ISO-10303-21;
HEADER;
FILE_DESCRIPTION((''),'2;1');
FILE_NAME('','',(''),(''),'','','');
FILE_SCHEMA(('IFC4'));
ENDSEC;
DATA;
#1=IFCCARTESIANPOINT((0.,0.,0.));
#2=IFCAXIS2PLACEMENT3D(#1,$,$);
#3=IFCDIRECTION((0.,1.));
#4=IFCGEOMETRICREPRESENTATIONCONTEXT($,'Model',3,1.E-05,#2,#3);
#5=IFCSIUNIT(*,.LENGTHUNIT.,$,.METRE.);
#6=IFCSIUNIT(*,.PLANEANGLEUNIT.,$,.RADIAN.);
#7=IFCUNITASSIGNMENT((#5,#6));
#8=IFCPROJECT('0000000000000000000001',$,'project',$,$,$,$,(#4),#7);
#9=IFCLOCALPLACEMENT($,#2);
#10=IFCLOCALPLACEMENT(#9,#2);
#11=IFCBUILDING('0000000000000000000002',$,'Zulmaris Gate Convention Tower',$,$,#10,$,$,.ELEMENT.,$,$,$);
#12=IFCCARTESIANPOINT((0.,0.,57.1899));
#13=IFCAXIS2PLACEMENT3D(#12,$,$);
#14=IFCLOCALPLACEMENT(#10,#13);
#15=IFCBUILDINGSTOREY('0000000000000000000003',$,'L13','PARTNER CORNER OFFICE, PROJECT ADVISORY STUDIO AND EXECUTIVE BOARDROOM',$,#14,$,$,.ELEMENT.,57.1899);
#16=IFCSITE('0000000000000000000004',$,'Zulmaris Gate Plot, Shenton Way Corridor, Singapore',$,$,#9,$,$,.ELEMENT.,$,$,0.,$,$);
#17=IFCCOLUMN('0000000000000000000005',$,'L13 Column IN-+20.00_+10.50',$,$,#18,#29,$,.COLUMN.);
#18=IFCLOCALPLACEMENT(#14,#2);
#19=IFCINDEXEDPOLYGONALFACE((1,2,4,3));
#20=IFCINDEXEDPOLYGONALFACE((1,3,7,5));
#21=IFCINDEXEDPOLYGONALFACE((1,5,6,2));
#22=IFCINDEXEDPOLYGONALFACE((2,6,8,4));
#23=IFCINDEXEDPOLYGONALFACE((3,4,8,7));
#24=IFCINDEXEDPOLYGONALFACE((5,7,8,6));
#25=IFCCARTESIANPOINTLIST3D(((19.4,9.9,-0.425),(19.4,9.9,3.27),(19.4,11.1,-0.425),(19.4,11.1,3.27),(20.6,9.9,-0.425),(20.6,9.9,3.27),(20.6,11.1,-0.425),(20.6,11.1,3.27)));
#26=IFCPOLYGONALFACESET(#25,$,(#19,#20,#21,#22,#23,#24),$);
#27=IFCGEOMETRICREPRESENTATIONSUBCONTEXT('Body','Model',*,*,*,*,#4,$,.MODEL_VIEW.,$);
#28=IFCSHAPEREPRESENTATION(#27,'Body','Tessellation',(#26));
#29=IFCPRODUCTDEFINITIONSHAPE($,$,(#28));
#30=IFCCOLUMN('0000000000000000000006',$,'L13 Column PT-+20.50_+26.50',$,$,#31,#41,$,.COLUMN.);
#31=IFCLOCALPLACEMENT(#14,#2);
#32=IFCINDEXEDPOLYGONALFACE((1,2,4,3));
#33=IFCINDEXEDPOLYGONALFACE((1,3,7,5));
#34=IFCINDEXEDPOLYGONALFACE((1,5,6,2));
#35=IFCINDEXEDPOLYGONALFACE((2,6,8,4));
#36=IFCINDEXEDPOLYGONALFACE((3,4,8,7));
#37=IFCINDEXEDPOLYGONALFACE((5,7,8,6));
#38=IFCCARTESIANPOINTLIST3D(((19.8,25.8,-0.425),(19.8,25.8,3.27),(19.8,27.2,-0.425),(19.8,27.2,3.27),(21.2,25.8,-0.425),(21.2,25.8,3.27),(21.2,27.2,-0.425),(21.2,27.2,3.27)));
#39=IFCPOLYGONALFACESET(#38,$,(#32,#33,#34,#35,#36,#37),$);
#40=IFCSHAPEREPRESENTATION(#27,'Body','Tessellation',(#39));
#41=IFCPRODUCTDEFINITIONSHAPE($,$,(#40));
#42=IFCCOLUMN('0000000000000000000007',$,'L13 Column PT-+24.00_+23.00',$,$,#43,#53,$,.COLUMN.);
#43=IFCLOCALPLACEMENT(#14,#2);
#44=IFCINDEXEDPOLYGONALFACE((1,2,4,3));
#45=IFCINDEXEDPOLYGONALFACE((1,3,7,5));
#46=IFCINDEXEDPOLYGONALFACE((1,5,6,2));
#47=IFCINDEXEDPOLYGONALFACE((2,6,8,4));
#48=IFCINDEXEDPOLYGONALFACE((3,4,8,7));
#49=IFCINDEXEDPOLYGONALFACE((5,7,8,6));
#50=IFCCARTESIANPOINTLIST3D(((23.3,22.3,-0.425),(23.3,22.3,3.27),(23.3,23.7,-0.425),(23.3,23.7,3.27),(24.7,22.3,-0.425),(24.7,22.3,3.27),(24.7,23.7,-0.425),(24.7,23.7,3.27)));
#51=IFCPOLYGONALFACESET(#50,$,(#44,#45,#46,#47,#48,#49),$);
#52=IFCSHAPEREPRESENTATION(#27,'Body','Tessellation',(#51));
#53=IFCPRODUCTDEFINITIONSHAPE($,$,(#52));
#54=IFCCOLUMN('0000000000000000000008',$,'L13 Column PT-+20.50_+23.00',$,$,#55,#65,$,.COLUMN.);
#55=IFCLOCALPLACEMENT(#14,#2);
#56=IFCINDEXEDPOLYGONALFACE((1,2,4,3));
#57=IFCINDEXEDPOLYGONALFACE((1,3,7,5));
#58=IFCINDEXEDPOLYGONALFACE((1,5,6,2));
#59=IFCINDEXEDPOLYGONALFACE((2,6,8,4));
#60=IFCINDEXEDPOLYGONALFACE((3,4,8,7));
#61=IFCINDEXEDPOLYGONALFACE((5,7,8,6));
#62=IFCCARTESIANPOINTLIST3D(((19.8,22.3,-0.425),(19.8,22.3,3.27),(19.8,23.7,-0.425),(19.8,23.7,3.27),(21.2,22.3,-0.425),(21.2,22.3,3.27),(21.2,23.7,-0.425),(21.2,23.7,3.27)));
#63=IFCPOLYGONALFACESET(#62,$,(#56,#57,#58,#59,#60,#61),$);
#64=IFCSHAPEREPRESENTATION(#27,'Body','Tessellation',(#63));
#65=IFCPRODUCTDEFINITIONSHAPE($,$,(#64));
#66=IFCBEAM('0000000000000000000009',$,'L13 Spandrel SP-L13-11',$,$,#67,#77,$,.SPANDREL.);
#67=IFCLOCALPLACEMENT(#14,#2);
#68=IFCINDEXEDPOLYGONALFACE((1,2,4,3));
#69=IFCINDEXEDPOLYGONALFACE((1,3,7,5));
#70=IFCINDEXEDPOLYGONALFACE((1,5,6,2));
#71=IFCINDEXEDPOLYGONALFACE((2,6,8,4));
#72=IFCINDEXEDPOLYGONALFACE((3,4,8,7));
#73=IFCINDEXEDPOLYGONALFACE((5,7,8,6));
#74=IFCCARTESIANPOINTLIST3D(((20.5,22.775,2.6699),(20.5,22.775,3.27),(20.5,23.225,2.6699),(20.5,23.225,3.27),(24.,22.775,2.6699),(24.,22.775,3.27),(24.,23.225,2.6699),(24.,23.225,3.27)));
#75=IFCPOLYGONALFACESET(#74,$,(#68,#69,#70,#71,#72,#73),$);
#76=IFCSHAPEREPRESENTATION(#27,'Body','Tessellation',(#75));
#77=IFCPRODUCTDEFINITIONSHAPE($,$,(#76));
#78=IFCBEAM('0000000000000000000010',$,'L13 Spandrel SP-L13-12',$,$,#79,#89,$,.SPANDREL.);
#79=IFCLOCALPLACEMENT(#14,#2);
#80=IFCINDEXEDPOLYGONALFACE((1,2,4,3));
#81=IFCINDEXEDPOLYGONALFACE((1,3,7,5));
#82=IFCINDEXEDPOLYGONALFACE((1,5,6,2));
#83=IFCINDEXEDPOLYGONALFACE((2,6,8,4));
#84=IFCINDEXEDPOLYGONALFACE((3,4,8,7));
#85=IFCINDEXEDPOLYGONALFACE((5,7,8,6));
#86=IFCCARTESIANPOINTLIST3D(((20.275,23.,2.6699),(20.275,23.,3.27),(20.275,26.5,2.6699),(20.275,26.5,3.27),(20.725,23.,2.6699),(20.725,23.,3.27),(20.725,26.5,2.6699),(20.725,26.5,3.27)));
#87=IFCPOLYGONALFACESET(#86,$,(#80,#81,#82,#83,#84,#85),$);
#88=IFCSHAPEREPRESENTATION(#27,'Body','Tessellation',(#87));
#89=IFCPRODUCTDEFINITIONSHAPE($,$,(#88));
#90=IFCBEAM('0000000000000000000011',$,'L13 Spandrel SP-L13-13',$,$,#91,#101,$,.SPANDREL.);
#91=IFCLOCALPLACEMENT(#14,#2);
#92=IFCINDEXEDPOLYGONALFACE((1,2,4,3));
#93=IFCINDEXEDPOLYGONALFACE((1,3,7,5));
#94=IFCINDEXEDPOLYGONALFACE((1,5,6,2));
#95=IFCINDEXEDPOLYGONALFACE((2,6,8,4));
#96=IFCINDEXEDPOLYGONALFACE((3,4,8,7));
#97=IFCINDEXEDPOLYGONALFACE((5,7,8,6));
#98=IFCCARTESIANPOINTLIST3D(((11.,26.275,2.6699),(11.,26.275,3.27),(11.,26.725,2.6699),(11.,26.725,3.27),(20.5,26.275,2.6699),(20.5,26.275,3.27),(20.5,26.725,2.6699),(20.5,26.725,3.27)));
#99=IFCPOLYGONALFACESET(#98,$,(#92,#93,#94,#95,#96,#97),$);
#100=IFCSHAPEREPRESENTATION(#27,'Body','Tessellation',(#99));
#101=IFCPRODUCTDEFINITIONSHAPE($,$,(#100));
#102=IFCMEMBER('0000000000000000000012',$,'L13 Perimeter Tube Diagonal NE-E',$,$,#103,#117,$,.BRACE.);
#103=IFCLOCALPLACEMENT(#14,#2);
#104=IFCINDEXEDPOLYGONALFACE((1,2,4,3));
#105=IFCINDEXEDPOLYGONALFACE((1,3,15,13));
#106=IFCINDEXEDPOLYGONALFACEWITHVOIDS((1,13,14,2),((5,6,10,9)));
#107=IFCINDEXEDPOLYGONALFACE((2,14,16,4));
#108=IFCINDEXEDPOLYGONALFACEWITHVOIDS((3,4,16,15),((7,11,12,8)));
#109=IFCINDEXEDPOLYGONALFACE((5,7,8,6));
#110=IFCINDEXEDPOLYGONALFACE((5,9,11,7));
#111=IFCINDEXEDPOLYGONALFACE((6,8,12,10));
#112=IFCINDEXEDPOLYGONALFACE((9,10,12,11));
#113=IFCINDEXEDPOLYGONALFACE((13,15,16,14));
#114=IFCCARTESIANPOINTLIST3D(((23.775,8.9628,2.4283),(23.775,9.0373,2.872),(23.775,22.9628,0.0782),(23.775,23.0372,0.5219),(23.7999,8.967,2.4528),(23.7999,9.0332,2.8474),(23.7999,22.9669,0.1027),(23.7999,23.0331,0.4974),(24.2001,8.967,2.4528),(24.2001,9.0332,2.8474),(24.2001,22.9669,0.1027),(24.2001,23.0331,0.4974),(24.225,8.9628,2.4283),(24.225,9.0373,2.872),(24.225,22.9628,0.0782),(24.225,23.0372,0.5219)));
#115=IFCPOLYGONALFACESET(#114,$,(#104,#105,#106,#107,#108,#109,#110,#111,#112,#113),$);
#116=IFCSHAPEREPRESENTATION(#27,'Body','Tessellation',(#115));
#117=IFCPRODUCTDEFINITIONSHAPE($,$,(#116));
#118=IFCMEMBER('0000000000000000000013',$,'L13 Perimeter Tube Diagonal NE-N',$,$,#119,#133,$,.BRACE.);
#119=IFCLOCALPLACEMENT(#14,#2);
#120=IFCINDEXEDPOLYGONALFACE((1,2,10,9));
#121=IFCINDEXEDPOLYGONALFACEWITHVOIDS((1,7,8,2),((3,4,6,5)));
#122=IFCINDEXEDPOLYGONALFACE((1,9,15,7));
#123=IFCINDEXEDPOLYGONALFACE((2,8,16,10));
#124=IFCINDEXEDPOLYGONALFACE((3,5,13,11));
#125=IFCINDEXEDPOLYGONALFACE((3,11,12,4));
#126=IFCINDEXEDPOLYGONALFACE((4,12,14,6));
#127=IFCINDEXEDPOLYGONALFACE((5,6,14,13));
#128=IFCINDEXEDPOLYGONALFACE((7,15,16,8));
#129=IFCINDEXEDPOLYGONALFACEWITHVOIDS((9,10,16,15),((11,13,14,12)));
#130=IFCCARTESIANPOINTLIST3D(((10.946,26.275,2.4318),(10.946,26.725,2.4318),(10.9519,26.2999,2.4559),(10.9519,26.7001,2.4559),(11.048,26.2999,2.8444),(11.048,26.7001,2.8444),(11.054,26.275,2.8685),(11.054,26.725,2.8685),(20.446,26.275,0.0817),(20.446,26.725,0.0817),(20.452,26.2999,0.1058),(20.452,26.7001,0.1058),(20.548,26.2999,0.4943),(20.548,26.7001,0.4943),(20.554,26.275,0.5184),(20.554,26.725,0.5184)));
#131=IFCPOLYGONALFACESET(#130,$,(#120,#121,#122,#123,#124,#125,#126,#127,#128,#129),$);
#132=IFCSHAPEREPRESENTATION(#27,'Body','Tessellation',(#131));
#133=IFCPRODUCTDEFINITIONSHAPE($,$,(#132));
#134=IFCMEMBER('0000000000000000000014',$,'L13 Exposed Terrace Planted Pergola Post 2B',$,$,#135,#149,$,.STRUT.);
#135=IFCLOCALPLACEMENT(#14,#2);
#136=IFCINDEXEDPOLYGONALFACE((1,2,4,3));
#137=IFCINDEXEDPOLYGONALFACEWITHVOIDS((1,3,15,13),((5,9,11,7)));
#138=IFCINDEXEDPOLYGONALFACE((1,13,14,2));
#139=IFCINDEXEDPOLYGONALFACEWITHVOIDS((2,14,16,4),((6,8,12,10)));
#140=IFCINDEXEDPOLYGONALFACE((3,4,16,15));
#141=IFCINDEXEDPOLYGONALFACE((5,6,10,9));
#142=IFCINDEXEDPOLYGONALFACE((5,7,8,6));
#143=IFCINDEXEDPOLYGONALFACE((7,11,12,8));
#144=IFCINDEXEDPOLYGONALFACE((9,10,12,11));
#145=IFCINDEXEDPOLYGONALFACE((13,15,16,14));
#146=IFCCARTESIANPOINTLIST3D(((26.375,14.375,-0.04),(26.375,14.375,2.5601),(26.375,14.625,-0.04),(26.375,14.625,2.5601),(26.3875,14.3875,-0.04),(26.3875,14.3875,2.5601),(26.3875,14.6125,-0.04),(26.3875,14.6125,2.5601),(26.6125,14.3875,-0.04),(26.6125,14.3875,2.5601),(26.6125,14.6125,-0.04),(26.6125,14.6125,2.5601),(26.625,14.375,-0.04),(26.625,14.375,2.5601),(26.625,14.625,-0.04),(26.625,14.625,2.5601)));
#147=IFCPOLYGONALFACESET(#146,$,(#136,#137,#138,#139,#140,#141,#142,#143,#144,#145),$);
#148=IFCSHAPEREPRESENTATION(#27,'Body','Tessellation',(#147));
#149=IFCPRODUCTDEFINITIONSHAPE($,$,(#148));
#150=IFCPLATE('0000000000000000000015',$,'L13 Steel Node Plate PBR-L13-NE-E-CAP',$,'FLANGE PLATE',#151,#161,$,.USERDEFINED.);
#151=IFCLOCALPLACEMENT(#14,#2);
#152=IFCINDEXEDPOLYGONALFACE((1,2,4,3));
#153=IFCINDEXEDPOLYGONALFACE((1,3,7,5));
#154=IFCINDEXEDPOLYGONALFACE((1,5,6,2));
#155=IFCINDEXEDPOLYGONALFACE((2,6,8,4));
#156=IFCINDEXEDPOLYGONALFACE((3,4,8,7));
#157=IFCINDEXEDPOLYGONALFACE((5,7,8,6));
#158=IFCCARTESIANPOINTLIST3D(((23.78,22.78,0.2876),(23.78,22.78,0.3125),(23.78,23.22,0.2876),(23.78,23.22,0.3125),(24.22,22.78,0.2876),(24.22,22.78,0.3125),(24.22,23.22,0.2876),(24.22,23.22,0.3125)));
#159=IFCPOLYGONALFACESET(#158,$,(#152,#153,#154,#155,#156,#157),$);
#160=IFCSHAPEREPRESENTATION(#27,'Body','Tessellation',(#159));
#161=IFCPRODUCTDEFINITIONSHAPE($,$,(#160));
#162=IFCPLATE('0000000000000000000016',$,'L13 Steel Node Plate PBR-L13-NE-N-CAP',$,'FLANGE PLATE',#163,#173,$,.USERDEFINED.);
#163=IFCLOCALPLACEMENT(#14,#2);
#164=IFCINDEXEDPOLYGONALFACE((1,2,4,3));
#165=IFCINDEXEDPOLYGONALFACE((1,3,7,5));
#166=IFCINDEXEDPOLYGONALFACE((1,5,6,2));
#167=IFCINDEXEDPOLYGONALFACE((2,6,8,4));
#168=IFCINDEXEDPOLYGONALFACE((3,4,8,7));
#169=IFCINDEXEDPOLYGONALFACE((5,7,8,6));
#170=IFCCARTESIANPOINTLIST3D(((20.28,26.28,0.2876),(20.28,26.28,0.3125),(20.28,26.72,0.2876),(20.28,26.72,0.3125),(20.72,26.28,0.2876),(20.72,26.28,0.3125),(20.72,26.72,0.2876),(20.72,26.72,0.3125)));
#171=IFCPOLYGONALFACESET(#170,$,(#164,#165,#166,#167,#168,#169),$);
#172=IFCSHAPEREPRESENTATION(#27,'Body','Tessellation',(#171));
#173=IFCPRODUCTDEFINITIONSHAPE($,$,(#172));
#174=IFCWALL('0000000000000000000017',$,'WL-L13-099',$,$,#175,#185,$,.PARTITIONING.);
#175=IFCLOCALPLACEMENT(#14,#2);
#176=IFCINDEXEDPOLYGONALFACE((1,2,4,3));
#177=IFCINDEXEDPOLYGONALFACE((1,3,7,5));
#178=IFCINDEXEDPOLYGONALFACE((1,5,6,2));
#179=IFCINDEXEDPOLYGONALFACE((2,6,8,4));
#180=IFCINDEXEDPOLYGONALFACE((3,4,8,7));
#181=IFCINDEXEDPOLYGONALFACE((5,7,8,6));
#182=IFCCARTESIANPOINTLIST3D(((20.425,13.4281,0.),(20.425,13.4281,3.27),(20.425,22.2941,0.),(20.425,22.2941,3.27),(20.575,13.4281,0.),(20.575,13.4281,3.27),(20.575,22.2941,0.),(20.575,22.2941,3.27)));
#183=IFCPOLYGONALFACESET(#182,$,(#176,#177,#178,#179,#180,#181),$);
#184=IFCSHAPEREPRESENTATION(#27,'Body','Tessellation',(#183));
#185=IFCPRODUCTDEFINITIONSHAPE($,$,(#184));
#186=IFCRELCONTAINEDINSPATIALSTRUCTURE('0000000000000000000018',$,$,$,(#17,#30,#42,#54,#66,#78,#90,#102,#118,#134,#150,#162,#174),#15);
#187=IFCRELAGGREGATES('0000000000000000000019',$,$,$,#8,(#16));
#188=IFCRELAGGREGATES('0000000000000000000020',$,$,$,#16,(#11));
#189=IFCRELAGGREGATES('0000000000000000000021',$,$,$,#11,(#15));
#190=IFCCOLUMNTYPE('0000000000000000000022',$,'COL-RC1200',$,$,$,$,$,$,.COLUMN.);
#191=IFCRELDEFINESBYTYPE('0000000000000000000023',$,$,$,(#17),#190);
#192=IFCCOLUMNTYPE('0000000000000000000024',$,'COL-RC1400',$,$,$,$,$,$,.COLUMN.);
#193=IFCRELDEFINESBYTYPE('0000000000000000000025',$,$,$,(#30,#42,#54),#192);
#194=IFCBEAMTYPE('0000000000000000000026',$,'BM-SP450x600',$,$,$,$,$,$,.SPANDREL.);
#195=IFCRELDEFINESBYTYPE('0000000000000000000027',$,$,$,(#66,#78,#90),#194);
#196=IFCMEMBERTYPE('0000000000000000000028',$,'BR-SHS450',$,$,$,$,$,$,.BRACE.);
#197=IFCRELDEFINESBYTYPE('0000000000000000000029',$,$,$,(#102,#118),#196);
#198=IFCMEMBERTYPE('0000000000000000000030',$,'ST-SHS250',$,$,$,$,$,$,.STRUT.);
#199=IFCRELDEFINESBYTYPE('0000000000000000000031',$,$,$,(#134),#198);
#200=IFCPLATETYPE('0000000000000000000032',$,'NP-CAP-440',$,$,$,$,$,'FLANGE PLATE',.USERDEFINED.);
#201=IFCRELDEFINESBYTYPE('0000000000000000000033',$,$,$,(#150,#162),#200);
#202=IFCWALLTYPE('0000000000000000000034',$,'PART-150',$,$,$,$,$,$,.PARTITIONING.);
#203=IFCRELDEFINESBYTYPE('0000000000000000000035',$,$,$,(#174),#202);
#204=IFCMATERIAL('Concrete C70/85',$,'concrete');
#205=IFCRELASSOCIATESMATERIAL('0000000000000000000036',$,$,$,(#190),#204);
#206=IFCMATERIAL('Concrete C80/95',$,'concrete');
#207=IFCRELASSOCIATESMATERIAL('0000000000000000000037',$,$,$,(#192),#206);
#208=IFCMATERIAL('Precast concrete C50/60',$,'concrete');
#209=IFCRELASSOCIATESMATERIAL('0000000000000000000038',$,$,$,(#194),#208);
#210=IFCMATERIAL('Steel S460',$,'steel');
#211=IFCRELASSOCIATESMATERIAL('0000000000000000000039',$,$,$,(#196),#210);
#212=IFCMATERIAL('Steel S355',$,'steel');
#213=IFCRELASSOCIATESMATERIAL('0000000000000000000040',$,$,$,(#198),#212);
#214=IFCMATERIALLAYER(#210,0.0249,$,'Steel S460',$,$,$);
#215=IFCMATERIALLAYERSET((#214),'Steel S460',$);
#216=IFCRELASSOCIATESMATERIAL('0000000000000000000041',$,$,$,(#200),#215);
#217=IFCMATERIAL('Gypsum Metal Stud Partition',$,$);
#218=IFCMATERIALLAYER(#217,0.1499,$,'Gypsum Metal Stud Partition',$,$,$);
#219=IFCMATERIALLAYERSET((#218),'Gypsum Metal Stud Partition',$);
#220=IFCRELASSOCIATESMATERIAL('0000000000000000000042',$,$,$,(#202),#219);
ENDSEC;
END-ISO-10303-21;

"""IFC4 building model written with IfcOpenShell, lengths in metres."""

from ifc_helpers import new_model, si_unit, direction, frame, frame_2d, origin, origin_2d, place, context, subcontext, project, spatial, rectangle, hollow_rectangle, extrude, material, layer, layer_set, material_profile, profile_set, type_object, element, save


model = new_model("IFC4")

# Units and contexts
model_context = context("Model", 3, precision=1e-05, world=origin(), true_north=direction((0.0, 1.0)))
body_context = subcontext(model_context, "Body", "Model", "MODEL_VIEW")
ifc_project = project(units=[si_unit("LENGTHUNIT", "METRE"), si_unit("PLANEANGLEUNIT", "RADIAN")], contexts=[model_context])

# Site, building, storey
site_placement = place(None, origin())
site = spatial("IfcSite", under=ifc_project, at=site_placement, Name="Zulmaris Gate Plot, Shenton Way Corridor, Singapore", CompositionType="ELEMENT", RefElevation=0.0)
building_placement = place(site_placement, origin())
building = spatial("IfcBuilding", under=site, at=building_placement, Name="Zulmaris Gate Convention Tower", CompositionType="ELEMENT")
storey_placement = place(building_placement, frame((0.0, 0.0, 57.1899)))
storey = spatial("IfcBuildingStorey", under=building, at=storey_placement, Name="L13", Description="PARTNER CORNER OFFICE, PROJECT ADVISORY STUDIO AND EXECUTIVE BOARDROOM", CompositionType="ELEMENT", Elevation=57.1899)

# Columns
ifc_material_1 = material(Name="Concrete C70/85", Category="concrete")
ifc_material_profile_1 = material_profile(ifc_material_1, rectangle(XDim=1.2, YDim=1.2, at=origin_2d()), Name="RC COL 1200x1200")
ifc_profile_set_1 = profile_set([ifc_material_profile_1], Name="Concrete C70/85")
column_type_1 = type_object("IfcColumnType", Name="COL-RC1200", PredefinedType="COLUMN", material=ifc_profile_set_1)
column_placement = place(storey_placement, frame((20.0, 10.5, -0.425), z_axis=(0.0, 0.0, 1.0), x_axis=(1.0, 0.0, 0.0)))
element("IfcColumn", 1, at=column_placement, inside=storey, type_object=column_type_1, Name="L13 Column IN-+20.00_+10.50", PredefinedType="COLUMN", context=body_context, shape_type="SweptSolid", body=[
    extrude(rectangle(XDim=1.2, YDim=1.2, at=origin_2d()), origin(), (0.0, 0.0, 1.0), 3.6951),
])
ifc_material_2 = material(Name="Concrete C80/95", Category="concrete")
ifc_material_profile_2 = material_profile(ifc_material_2, rectangle(XDim=1.3999, YDim=1.3999, at=origin_2d()), Name="RC COL 1400x1400")
ifc_profile_set_2 = profile_set([ifc_material_profile_2], Name="Concrete C80/95")
column_type_2 = type_object("IfcColumnType", Name="COL-RC1400", PredefinedType="COLUMN", material=ifc_profile_set_2)
for number, where, z_axis, x_axis, name in (
    (2, (20.5, 26.5, -0.425), (0.0, 0.0, 1.0), (1.0, 0.0, 0.0), "L13 Column PT-+20.50_+26.50"),
    (3, (24.0, 23.0, -0.425), (0.0, 0.0, 1.0), (1.0, 0.0, 0.0), "L13 Column PT-+24.00_+23.00"),
    (4, (20.5, 23.0, -0.425), (0.0, 0.0, 1.0), (1.0, 0.0, 0.0), "L13 Column PT-+20.50_+23.00"),
):
    element("IfcColumn", number, at=place(storey_placement, frame(where, z_axis=z_axis, x_axis=x_axis)), inside=storey, type_object=column_type_2, Name=name, PredefinedType="COLUMN", context=body_context, shape_type="SweptSolid", body=[
        extrude(rectangle(XDim=1.3999, YDim=1.3999, at=origin_2d()), origin(), (0.0, 0.0, 1.0), 3.6951),
    ])

# Beams
ifc_material_3 = material(Name="Precast concrete C50/60", Category="concrete")
ifc_material_profile_3 = material_profile(ifc_material_3, rectangle(XDim=0.45, YDim=0.6001, at=origin_2d()), Name="RC SPANDREL 450x600")
ifc_profile_set_3 = profile_set([ifc_material_profile_3], Name="Precast concrete C50/60")
beam_type = type_object("IfcBeamType", Name="BM-SP450x600", PredefinedType="SPANDREL", material=ifc_profile_set_3)
for number, where, z_axis, x_axis, name in (
    (5, (24.0, 23.0, 2.97), (-1.0, 0.0, 0.0), (0.0, -1.0, 0.0), "L13 Spandrel SP-L13-11"),
    (6, (20.5, 23.0, 2.97), (0.0, 1.0, 0.0), (-1.0, 0.0, 0.0), "L13 Spandrel SP-L13-12"),
):
    element("IfcBeam", number, at=place(storey_placement, frame(where, z_axis=z_axis, x_axis=x_axis)), inside=storey, type_object=beam_type, Name=name, PredefinedType="SPANDREL", context=body_context, shape_type="SweptSolid", body=[
        extrude(rectangle(XDim=0.45, YDim=0.6001, at=origin_2d()), origin(), (0.0, 0.0, 1.0), 3.5),
    ])
beam_placement = place(storey_placement, frame((20.5, 26.5, 2.97), z_axis=(-1.0, 0.0, 0.0), x_axis=(0.0, -1.0, 0.0)))
element("IfcBeam", 7, at=beam_placement, inside=storey, type_object=beam_type, Name="L13 Spandrel SP-L13-13", PredefinedType="SPANDREL", context=body_context, shape_type="SweptSolid", body=[
    extrude(rectangle(XDim=0.45, YDim=0.6001, at=origin_2d()), origin(), (0.0, 0.0, 1.0), 9.5),
])

# Members
ifc_material_4 = material(Name="Steel S460", Category="steel")
ifc_material_profile_4 = material_profile(ifc_material_4, hollow_rectangle(XDim=0.45, YDim=0.45, WallThickness=0.0249, at=origin_2d()), Name="SHS 450x450x25")
ifc_profile_set_4 = profile_set([ifc_material_profile_4], Name="Steel S460")
member_type_1 = type_object("IfcMemberType", Name="BR-SHS450", PredefinedType="BRACE", material=ifc_profile_set_4)
member_1_placement = place(storey_placement, frame((24.0, 23.0, 0.3), z_axis=(0.0, -0.986202, 0.165548), x_axis=(1.0, 0.0, 0.0)))
element("IfcMember", 8, at=member_1_placement, inside=storey, type_object=member_type_1, Name="L13 Perimeter Tube Diagonal NE-E", PredefinedType="BRACE", context=body_context, shape_type="SweptSolid", body=[
    extrude(hollow_rectangle(XDim=0.45, YDim=0.45, WallThickness=0.0249, at=origin_2d()), origin(), (0.0, 0.0, 1.0), 14.1958),
])
member_2_placement = place(storey_placement, frame((20.5, 26.5, 0.3), z_axis=(-0.970738, 0.0, 0.24014), x_axis=(0.0, -1.0, 0.0)))
element("IfcMember", 9, at=member_2_placement, inside=storey, type_object=member_type_1, Name="L13 Perimeter Tube Diagonal NE-N", PredefinedType="BRACE", context=body_context, shape_type="SweptSolid", body=[
    extrude(hollow_rectangle(XDim=0.45, YDim=0.45, WallThickness=0.0249, at=origin_2d()), origin(), (0.0, 0.0, 1.0), 9.7864),
])
ifc_material_5 = material(Name="Steel S355", Category="steel")
ifc_material_profile_5 = material_profile(ifc_material_5, hollow_rectangle(XDim=0.25, YDim=0.25, WallThickness=0.0125, at=origin_2d()), Name="SHS 250x250x12.5")
ifc_profile_set_5 = profile_set([ifc_material_profile_5], Name="Steel S355")
member_type_2 = type_object("IfcMemberType", Name="ST-SHS250", PredefinedType="STRUT", material=ifc_profile_set_5)
member_3_placement = place(storey_placement, frame((26.5, 14.5, -0.04), z_axis=(0.0, 0.0, 1.0), x_axis=(1.0, 0.0, 0.0)))
element("IfcMember", 10, at=member_3_placement, inside=storey, type_object=member_type_2, Name="L13 Exposed Terrace Planted Pergola Post 2B", PredefinedType="STRUT", context=body_context, shape_type="SweptSolid", body=[
    extrude(hollow_rectangle(XDim=0.25, YDim=0.25, WallThickness=0.0125, at=origin_2d()), origin(), (0.0, 0.0, 1.0), 2.6001),
])

# Plates
ifc_layer_1 = layer(ifc_material_4, 0.0249, Name="Steel S460")
ifc_layer_set_1 = layer_set([ifc_layer_1], Name="Steel S460")
plate_type = type_object("IfcPlateType", Name="NP-CAP-440", ElementType="FLANGE PLATE", PredefinedType="USERDEFINED", material=ifc_layer_set_1)
for number, where, z_axis, x_axis, name in (
    (11, (24.0, 23.0, 0.2876), (0.0, 0.0, 1.0), (1.0, 0.0, 0.0), "L13 Steel Node Plate PBR-L13-NE-E-CAP"),
    (12, (20.5, 26.5, 0.2876), (0.0, 0.0, 1.0), (1.0, 0.0, 0.0), "L13 Steel Node Plate PBR-L13-NE-N-CAP"),
):
    element("IfcPlate", number, at=place(storey_placement, frame(where, z_axis=z_axis, x_axis=x_axis)), inside=storey, type_object=plate_type, Name=name, ObjectType="FLANGE PLATE", PredefinedType="USERDEFINED", context=body_context, shape_type="SweptSolid", body=[
        extrude(rectangle(XDim=0.4399, YDim=0.4399, at=origin_2d()), origin(), (0.0, 0.0, 1.0), 0.0249),
    ])

# Shared definitions
ifc_material_6 = material(Name="Gypsum Metal Stud Partition")
ifc_layer_2 = layer(ifc_material_6, 0.1499, Name="Gypsum Metal Stud Partition")
ifc_layer_set_2 = layer_set([ifc_layer_2], Name="Gypsum Metal Stud Partition")
wall_type_1 = type_object("IfcWallType", Name="PART-150", PredefinedType="PARTITIONING", material=ifc_layer_set_2)

# Wall
wall_1_placement = place(storey_placement, frame((20.5, 13.428, 0.0), z_axis=(0.0, 0.0, 1.0), x_axis=(0.0, 1.0, 0.0)))
element("IfcWall", 13, at=wall_1_placement, inside=storey, type_object=wall_type_1, Name="WL-L13-099", PredefinedType="PARTITIONING", context=body_context, shape_type="SweptSolid", body=[
    extrude(rectangle(XDim=8.866, YDim=0.1499, at=frame_2d((4.4331, 0.0))), origin(), (0.0, 0.0, 1.0), 3.27),
])

save(model, "model.ifc")
